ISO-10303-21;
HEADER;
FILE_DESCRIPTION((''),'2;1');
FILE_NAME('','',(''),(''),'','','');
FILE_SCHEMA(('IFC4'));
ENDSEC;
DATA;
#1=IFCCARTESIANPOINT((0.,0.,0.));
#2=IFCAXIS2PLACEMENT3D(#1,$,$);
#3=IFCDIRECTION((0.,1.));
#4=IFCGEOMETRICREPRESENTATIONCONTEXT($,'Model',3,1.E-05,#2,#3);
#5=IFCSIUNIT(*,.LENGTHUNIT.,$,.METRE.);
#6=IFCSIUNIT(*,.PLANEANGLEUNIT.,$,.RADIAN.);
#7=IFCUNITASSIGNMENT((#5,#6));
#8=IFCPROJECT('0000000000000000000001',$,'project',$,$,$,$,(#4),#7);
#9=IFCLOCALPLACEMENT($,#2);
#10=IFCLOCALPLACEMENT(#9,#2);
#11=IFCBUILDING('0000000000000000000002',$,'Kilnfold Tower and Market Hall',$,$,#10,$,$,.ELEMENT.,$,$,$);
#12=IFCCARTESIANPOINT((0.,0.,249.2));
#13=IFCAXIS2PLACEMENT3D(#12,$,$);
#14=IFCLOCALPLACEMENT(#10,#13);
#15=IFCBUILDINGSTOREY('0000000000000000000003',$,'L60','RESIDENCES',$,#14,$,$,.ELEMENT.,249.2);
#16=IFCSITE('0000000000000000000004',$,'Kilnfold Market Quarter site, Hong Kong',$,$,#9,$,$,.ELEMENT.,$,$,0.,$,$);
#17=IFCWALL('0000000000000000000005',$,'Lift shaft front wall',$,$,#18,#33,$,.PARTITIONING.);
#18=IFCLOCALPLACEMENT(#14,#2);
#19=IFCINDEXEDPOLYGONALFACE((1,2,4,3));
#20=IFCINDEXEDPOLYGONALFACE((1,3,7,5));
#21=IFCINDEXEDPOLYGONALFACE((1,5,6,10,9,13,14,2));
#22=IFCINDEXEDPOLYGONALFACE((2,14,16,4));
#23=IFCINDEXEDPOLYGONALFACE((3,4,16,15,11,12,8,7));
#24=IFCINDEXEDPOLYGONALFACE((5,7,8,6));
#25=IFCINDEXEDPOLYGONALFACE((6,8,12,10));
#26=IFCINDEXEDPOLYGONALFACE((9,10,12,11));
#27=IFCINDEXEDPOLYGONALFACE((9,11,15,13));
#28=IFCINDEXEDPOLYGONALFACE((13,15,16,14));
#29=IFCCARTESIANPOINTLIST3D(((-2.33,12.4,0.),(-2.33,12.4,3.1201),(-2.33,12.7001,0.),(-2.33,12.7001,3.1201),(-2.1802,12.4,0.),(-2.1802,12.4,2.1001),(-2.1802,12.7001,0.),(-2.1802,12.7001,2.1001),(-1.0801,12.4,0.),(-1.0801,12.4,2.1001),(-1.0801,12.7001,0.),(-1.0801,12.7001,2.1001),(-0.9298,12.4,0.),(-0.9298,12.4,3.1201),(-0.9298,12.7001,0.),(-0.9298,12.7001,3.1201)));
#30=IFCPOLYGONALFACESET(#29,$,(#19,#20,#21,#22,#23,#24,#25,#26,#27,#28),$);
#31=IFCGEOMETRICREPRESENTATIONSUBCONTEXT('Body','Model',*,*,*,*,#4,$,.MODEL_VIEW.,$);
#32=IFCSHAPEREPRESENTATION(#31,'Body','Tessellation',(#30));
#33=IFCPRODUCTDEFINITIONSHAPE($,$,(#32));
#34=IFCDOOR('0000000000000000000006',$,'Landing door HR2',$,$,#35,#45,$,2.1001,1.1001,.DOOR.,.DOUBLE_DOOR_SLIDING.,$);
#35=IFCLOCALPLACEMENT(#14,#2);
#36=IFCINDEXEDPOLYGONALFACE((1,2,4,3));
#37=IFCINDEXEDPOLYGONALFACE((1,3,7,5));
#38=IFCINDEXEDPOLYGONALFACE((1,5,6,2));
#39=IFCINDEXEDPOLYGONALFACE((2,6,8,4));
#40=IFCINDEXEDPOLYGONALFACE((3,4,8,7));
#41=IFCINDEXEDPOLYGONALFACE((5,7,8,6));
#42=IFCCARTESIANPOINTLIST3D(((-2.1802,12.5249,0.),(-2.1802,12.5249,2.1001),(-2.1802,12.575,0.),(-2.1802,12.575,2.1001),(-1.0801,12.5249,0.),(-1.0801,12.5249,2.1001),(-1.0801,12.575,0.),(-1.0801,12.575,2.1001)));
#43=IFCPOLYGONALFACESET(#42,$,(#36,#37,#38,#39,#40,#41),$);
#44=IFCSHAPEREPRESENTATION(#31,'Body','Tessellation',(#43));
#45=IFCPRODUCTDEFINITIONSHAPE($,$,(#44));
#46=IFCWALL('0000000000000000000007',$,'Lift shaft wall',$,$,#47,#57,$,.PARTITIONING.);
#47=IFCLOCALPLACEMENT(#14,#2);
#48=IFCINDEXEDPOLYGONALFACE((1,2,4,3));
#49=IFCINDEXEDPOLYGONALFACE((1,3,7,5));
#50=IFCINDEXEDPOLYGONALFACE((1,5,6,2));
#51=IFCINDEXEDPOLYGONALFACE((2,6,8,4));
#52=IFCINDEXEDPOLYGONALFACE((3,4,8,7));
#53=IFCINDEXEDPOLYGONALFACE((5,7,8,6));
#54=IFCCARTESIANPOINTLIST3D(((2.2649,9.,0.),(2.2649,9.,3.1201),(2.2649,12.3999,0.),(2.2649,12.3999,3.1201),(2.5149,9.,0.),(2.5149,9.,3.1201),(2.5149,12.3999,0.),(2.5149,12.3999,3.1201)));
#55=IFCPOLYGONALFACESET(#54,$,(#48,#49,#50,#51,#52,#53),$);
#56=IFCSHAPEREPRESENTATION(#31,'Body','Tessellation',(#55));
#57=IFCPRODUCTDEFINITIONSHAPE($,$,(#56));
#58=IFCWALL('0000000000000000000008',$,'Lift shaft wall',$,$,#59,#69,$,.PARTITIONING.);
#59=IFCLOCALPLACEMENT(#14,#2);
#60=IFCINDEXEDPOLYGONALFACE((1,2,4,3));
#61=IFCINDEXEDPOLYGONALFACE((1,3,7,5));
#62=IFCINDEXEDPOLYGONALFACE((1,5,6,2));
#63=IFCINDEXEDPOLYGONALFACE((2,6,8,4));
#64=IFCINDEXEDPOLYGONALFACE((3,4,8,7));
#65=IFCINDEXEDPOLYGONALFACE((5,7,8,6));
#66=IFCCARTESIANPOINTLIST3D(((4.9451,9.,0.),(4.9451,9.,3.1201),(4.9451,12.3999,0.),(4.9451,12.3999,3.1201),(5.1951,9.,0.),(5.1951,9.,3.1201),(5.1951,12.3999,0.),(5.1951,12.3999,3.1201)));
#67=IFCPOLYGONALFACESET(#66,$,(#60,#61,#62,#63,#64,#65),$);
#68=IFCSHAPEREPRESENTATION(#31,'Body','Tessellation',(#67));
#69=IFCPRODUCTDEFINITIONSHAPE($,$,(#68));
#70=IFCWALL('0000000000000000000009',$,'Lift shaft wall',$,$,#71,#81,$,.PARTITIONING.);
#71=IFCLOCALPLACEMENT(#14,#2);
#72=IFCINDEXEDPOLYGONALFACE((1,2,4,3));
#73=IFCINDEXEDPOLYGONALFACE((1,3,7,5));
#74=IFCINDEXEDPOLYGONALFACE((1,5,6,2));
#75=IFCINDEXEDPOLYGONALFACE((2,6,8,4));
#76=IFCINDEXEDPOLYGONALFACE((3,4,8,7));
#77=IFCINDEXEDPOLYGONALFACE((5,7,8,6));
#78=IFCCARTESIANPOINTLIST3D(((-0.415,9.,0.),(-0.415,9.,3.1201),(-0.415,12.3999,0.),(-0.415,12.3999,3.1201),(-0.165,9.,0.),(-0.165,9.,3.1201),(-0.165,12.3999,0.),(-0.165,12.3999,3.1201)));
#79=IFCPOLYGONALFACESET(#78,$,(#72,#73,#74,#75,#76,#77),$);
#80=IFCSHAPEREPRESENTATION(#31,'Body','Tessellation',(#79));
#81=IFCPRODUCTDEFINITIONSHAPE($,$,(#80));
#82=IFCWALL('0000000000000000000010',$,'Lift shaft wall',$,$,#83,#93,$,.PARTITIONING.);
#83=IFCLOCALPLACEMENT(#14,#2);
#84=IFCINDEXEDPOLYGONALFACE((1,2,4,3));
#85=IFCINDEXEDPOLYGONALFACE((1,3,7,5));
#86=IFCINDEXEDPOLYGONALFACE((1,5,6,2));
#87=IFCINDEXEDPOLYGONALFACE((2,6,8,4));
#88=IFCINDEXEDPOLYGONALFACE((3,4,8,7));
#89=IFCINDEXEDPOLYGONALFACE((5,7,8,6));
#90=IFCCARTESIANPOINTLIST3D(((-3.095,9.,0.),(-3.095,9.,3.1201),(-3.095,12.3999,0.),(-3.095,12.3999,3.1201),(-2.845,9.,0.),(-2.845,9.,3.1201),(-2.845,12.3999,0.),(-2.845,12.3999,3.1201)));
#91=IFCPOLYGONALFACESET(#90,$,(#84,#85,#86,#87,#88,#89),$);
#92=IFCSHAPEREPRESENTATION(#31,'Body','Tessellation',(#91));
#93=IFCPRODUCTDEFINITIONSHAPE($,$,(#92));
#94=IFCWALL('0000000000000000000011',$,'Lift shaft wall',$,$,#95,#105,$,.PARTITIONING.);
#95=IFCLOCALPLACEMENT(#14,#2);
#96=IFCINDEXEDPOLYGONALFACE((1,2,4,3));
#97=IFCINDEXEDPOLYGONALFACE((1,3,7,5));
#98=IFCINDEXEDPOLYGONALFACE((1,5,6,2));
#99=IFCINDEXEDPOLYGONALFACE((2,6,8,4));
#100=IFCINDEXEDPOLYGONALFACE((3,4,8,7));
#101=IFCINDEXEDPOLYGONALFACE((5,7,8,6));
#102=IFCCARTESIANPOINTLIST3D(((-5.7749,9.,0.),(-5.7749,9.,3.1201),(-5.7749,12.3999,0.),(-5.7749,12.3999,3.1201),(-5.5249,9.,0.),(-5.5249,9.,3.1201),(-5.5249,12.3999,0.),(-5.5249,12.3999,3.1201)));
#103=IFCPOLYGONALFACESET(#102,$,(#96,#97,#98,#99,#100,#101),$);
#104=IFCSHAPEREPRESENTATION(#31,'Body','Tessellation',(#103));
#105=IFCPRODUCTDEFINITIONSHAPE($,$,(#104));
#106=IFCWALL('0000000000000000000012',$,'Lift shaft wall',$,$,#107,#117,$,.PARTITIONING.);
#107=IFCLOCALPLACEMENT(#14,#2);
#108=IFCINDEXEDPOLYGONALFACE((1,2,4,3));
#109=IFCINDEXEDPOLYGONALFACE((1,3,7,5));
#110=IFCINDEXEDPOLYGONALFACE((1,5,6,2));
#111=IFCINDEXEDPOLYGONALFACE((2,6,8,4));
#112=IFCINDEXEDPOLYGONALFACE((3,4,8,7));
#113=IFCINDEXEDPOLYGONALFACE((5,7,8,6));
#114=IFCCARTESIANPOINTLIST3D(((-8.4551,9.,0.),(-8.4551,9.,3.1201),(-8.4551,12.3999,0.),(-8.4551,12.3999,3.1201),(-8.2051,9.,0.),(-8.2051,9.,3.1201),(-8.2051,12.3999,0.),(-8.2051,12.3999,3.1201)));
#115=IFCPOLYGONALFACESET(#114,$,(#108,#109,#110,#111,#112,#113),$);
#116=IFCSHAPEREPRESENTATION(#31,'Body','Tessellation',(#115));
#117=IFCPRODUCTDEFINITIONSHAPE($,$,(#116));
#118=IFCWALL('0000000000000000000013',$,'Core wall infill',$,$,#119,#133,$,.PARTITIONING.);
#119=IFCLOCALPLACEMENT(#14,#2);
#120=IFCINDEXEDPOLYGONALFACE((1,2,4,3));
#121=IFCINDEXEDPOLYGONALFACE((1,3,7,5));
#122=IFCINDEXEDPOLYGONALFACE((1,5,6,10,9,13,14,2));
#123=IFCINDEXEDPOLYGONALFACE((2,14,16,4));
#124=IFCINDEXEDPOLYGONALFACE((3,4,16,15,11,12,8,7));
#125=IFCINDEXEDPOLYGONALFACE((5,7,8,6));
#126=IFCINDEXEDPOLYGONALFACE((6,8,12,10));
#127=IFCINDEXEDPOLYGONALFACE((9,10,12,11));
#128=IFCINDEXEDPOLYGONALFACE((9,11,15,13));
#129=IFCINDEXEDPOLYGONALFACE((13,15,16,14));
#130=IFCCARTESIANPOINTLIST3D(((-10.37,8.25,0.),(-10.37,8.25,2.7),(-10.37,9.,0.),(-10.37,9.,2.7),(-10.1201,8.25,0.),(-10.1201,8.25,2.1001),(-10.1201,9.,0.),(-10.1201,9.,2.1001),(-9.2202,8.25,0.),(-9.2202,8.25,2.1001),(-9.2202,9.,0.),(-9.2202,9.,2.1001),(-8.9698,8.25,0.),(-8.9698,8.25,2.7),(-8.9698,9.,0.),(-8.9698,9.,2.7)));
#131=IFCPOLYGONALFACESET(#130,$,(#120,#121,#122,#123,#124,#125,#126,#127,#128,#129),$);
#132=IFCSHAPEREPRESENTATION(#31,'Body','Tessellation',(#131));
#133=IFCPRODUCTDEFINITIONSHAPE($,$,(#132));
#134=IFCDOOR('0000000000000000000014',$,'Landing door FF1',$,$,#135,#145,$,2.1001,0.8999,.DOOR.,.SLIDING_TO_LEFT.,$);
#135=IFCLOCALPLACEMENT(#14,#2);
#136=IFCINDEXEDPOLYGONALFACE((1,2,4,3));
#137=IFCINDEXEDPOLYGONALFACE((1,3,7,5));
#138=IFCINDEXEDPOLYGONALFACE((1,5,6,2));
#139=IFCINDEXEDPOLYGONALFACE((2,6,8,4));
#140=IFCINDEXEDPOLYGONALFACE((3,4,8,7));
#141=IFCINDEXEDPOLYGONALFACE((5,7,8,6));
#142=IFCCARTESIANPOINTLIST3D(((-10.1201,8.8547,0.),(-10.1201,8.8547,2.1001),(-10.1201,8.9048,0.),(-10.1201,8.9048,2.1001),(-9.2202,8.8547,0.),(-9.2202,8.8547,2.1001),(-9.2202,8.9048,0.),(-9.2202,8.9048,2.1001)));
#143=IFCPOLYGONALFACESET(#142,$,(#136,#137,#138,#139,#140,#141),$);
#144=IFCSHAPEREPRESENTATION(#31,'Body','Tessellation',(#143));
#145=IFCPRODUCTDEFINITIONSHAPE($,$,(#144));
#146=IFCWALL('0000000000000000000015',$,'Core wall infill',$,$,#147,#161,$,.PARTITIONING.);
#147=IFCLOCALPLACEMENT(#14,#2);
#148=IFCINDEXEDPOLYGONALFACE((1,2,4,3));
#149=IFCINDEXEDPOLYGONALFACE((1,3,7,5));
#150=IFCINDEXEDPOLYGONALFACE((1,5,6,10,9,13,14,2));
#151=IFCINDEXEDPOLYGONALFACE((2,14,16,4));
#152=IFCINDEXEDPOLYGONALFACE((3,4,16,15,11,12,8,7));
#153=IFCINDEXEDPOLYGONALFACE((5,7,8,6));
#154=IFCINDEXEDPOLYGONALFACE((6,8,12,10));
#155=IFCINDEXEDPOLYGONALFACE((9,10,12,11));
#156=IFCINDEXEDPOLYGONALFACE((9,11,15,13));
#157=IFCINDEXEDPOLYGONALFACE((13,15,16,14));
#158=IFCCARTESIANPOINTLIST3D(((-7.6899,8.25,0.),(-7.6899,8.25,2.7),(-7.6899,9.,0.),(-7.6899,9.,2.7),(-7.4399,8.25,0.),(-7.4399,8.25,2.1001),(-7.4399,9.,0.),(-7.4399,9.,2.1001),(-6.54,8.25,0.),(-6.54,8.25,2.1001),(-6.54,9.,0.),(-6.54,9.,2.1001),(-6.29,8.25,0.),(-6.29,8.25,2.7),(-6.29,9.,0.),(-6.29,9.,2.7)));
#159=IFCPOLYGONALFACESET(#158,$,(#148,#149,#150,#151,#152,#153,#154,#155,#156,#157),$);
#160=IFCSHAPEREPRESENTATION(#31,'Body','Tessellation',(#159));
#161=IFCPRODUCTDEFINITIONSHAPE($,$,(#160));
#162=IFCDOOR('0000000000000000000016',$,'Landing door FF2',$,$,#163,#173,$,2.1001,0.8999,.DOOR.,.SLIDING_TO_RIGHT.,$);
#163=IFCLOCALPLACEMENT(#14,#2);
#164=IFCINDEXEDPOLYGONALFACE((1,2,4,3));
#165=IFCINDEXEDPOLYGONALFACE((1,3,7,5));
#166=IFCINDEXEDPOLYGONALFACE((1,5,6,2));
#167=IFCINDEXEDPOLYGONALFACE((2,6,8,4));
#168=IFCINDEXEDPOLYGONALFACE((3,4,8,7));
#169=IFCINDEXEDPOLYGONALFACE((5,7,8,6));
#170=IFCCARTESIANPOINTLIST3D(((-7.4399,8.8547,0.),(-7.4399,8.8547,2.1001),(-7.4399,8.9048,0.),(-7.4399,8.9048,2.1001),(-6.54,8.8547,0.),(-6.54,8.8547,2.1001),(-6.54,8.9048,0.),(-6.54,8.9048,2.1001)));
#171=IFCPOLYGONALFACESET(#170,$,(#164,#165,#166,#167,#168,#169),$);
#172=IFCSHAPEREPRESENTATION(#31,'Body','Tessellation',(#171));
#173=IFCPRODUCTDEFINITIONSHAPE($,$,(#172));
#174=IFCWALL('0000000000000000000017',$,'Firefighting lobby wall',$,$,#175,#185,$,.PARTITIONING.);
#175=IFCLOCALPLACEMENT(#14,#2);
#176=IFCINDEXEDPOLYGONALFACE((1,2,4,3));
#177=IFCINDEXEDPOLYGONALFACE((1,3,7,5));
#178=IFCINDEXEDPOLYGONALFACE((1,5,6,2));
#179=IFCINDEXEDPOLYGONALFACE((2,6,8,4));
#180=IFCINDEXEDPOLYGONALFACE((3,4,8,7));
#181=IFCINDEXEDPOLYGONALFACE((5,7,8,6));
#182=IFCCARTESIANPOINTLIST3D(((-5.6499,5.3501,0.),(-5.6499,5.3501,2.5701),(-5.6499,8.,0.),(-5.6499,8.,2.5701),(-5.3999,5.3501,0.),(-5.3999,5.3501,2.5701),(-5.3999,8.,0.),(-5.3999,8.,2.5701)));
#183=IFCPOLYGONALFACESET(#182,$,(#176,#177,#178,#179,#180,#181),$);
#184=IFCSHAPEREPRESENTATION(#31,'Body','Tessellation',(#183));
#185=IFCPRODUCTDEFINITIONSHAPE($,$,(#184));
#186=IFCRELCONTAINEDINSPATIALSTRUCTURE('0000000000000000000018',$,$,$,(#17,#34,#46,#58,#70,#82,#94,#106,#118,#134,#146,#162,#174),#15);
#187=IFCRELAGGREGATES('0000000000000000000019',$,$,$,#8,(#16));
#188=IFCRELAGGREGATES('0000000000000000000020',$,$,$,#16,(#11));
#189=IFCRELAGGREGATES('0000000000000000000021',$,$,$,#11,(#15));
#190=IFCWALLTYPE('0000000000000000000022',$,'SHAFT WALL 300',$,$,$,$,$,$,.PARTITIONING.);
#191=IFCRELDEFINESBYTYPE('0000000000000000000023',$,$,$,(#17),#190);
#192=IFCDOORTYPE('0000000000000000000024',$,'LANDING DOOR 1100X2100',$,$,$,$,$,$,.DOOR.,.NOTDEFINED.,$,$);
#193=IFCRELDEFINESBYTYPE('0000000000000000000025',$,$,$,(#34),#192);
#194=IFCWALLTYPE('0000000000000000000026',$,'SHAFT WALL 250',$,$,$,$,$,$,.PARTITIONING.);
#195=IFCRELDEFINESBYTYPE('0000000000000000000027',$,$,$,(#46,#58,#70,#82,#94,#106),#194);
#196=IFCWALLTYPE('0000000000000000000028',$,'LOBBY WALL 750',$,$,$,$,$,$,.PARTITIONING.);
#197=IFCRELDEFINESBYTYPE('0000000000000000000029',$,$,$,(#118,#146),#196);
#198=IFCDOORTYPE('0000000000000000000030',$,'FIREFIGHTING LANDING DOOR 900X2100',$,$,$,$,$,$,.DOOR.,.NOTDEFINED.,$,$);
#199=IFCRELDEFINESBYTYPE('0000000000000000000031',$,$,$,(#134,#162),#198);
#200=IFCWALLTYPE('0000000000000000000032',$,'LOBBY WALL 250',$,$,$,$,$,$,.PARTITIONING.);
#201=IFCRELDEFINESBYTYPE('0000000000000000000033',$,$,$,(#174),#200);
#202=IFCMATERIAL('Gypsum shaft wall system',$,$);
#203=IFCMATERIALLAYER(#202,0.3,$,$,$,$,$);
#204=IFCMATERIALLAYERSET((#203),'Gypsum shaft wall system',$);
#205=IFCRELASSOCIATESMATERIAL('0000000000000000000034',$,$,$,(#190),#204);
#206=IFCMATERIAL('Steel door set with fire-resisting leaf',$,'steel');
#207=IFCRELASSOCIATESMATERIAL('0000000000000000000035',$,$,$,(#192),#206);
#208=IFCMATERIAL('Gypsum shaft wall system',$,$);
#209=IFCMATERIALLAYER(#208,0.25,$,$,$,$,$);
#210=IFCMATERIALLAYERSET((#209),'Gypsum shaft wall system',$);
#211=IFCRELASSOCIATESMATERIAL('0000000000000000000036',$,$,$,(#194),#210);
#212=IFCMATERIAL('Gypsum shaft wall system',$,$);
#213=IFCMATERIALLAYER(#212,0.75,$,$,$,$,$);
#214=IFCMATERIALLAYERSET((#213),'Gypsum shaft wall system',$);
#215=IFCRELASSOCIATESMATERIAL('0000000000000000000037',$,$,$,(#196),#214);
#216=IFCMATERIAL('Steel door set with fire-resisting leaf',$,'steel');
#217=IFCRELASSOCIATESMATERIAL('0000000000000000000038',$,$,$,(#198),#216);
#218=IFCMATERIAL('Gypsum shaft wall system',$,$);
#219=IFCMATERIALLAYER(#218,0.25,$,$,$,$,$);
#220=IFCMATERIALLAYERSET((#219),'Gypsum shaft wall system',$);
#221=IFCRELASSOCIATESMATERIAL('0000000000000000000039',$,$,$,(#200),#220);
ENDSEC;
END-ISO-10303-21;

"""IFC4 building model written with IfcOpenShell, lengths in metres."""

from ifc_helpers import new_model, si_unit, direction, frame, frame_2d, origin, place, context, subcontext, project, spatial, rectangle, extrude, source, transform, mapped, material, layer, layer_set, type_object, element, fill, save


model = new_model("IFC4")

# Units and contexts
model_context = context("Model", 3, precision=1e-05, world=origin(), true_north=direction((0.0, 1.0)))
body_context = subcontext(model_context, "Body", "Model", "MODEL_VIEW")
ifc_project = project(units=[si_unit("LENGTHUNIT", "METRE"), si_unit("PLANEANGLEUNIT", "RADIAN")], contexts=[model_context])

# Site, building, storey
site_placement = place(None, origin())
site = spatial("IfcSite", under=ifc_project, at=site_placement, Name="Kilnfold Market Quarter site, Hong Kong", CompositionType="ELEMENT", RefElevation=0.0)
building_placement = place(site_placement, origin())
building = spatial("IfcBuilding", under=site, at=building_placement, Name="Kilnfold Tower and Market Hall", CompositionType="ELEMENT")
storey_placement = place(building_placement, frame((0.0, 0.0, 249.2)))
storey = spatial("IfcBuildingStorey", under=building, at=storey_placement, Name="L60", Description="RESIDENCES", CompositionType="ELEMENT", Elevation=249.2)

# Wall, opening, door
ifc_material_1 = material(Name="Gypsum shaft wall system")
ifc_layer_1 = layer(ifc_material_1, 0.3)
ifc_layer_set_1 = layer_set([ifc_layer_1], Name="Gypsum shaft wall system")
wall_type_1 = type_object("IfcWallType", Name="SHAFT WALL 300", PredefinedType="PARTITIONING", material=ifc_layer_set_1)
ifc_material_2 = material(Name="Steel door set with fire-resisting leaf", Category="steel")
door_type_1 = type_object("IfcDoorType", Name="LANDING DOOR 1100X2100", OperationType="NOTDEFINED", PredefinedType="DOOR", material=ifc_material_2)
shared_shape_1 = source(origin(), body_context, "Body", "SweptSolid", [
    extrude(rectangle(XDim=1.4001, YDim=0.3, at=frame_2d((0.7002, 0.0))), origin(), (0.0, 0.0, 1.0), 3.1201),
])
wall_1_placement = place(storey_placement, frame((-2.3301, 12.55, 0.0), z_axis=(0.0, 0.0, 1.0), x_axis=(1.0, 0.0, 0.0)))
wall_1 = element("IfcWall", 1, at=wall_1_placement, inside=storey, type_object=wall_type_1, Name="Lift shaft front wall", PredefinedType="PARTITIONING", context=body_context, shape_type="MappedRepresentation", body=[
    mapped(shared_shape_1, transform((0.0, 0.0, 0.0))),
])
opening_1_placement = place(wall_1_placement, frame((0.1499, 0.0, 0.0)))
opening_1 = element("IfcOpeningElement", 2, at=opening_1_placement, cuts=wall_1, PredefinedType="OPENING", context=body_context, shape_type="SweptSolid", body=[
    extrude(rectangle(XDim=1.1001, YDim=2.1001, at=frame_2d((0.55, 1.05))), frame((0.0, 0.1602, 0.0), z_axis=(0.0, -1.0, 0.0), x_axis=(1.0, 0.0, 0.0)), (0.0, 0.0, 1.0), 0.3201),
])
door_1_placement = place(opening_1_placement, origin())
door_1 = element("IfcDoor", 3, at=door_1_placement, inside=storey, type_object=door_type_1, Name="Landing door HR2", OperationType="DOUBLE_DOOR_SLIDING", OverallHeight=2.1001, OverallWidth=1.1001, PredefinedType="DOOR", context=body_context, shape_type="SweptSolid", body=[
    extrude(rectangle(XDim=1.1001, YDim=2.1001, at=frame_2d((0.55, 1.05))), frame((0.0, 0.0249, 0.0), z_axis=(0.0, -1.0, 0.0), x_axis=(1.0, 0.0, 0.0)), (0.0, 0.0, 1.0), 0.05),
])
fill(opening_1, door_1)

# Walls
ifc_material_3 = material(Name="Gypsum shaft wall system")
ifc_layer_2 = layer(ifc_material_3, 0.25)
ifc_layer_set_2 = layer_set([ifc_layer_2], Name="Gypsum shaft wall system")
wall_type_2 = type_object("IfcWallType", Name="SHAFT WALL 250", PredefinedType="PARTITIONING", material=ifc_layer_set_2)
shared_shape_2 = source(origin(), body_context, "Body", "SweptSolid", [
    extrude(rectangle(XDim=3.3999, YDim=0.25, at=frame_2d((1.7, 0.0))), origin(), (0.0, 0.0, 1.0), 3.1201),
])
for number, where, z_axis, x_axis, name in (
    (4, (2.3899, 9.0, 0.0), (0.0, 0.0, 1.0), (0.0, 1.0, 0.0), "Lift shaft wall"),
    (5, (5.0701, 9.0, 0.0), (0.0, 0.0, 1.0), (0.0, 1.0, 0.0), "Lift shaft wall"),
    (6, (-0.29, 9.0, 0.0), (0.0, 0.0, 1.0), (0.0, 1.0, 0.0), "Lift shaft wall"),
    (7, (-2.97, 9.0, 0.0), (0.0, 0.0, 1.0), (0.0, 1.0, 0.0), "Lift shaft wall"),
    (8, (-5.6499, 9.0, 0.0), (0.0, 0.0, 1.0), (0.0, 1.0, 0.0), "Lift shaft wall"),
    (9, (-8.3301, 9.0, 0.0), (0.0, 0.0, 1.0), (0.0, 1.0, 0.0), "Lift shaft wall"),
):
    element("IfcWall", number, at=place(storey_placement, frame(where, z_axis=z_axis, x_axis=x_axis)), inside=storey, type_object=wall_type_2, Name=name, PredefinedType="PARTITIONING", context=body_context, shape_type="MappedRepresentation", body=[
        mapped(shared_shape_2, transform((0.0, 0.0, 0.0))),
    ])

# Walls, openings, doors
ifc_material_4 = material(Name="Gypsum shaft wall system")
ifc_layer_3 = layer(ifc_material_4, 0.75)
ifc_layer_set_3 = layer_set([ifc_layer_3], Name="Gypsum shaft wall system")
wall_type_3 = type_object("IfcWallType", Name="LOBBY WALL 750", PredefinedType="PARTITIONING", material=ifc_layer_set_3)
shared_shape_3 = source(origin(), body_context, "Body", "SweptSolid", [
    extrude(rectangle(XDim=1.4001, YDim=0.75, at=frame_2d((0.7002, 0.0))), origin(), (0.0, 0.0, 1.0), 2.7),
])
wall_2_placement = place(storey_placement, frame((-10.3701, 8.625, 0.0), z_axis=(0.0, 0.0, 1.0), x_axis=(1.0, 0.0, 0.0)))
wall_2 = element("IfcWall", 10, at=wall_2_placement, inside=storey, type_object=wall_type_3, Name="Core wall infill", PredefinedType="PARTITIONING", context=body_context, shape_type="MappedRepresentation", body=[
    mapped(shared_shape_3, transform((0.0, 0.0, 0.0))),
])
opening_2_placement = place(wall_2_placement, frame((0.25, 0.0, 0.0)))
opening_2 = element("IfcOpeningElement", 11, at=opening_2_placement, cuts=wall_2, PredefinedType="OPENING", context=body_context, shape_type="SweptSolid", body=[
    extrude(rectangle(XDim=0.8999, YDim=2.1001, at=frame_2d((0.45, 1.05))), frame((0.0, 0.385, 0.0), z_axis=(0.0, -1.0, 0.0), x_axis=(1.0, 0.0, 0.0)), (0.0, 0.0, 1.0), 0.77),
])
ifc_material_5 = material(Name="Steel door set with fire-resisting leaf", Category="steel")
door_type_2 = type_object("IfcDoorType", Name="FIREFIGHTING LANDING DOOR 900X2100", OperationType="NOTDEFINED", PredefinedType="DOOR", material=ifc_material_5)
door_2_placement = place(opening_2_placement, origin())
door_2 = element("IfcDoor", 12, at=door_2_placement, inside=storey, type_object=door_type_2, Name="Landing door FF1", OperationType="SLIDING_TO_LEFT", OverallHeight=2.1001, OverallWidth=0.8999, PredefinedType="DOOR", context=body_context, shape_type="SweptSolid", body=[
    extrude(rectangle(XDim=0.8999, YDim=2.1001, at=frame_2d((0.45, 1.05))), frame((0.0, 0.2798, 0.0), z_axis=(0.0, -1.0, 0.0), x_axis=(1.0, 0.0, 0.0)), (0.0, 0.0, 1.0), 0.05),
])
fill(opening_2, door_2)
shared_shape_4 = source(origin(), body_context, "Body", "SweptSolid", [
    extrude(rectangle(XDim=1.3999, YDim=0.75, at=frame_2d((0.7, 0.0))), origin(), (0.0, 0.0, 1.0), 2.7),
])
wall_3_placement = place(storey_placement, frame((-7.6899, 8.625, 0.0), z_axis=(0.0, 0.0, 1.0), x_axis=(1.0, 0.0, 0.0)))
wall_3 = element("IfcWall", 13, at=wall_3_placement, inside=storey, type_object=wall_type_3, Name="Core wall infill", PredefinedType="PARTITIONING", context=body_context, shape_type="MappedRepresentation", body=[
    mapped(shared_shape_4, transform((0.0, 0.0, 0.0))),
])
opening_3_placement = place(wall_3_placement, frame((0.25, 0.0, 0.0)))
opening_3 = element("IfcOpeningElement", 14, at=opening_3_placement, cuts=wall_3, PredefinedType="OPENING", context=body_context, shape_type="SweptSolid", body=[
    extrude(rectangle(XDim=0.8999, YDim=2.1001, at=frame_2d((0.45, 1.05))), frame((0.0, 0.385, 0.0), z_axis=(0.0, -1.0, 0.0), x_axis=(1.0, 0.0, 0.0)), (0.0, 0.0, 1.0), 0.77),
])
door_3_placement = place(opening_3_placement, origin())
door_3 = element("IfcDoor", 15, at=door_3_placement, inside=storey, type_object=door_type_2, Name="Landing door FF2", OperationType="SLIDING_TO_RIGHT", OverallHeight=2.1001, OverallWidth=0.8999, PredefinedType="DOOR", context=body_context, shape_type="SweptSolid", body=[
    extrude(rectangle(XDim=0.8999, YDim=2.1001, at=frame_2d((0.45, 1.05))), frame((0.0, 0.2798, 0.0), z_axis=(0.0, -1.0, 0.0), x_axis=(1.0, 0.0, 0.0)), (0.0, 0.0, 1.0), 0.05),
])
fill(opening_3, door_3)

# Wall
ifc_material_6 = material(Name="Gypsum shaft wall system")
ifc_layer_4 = layer(ifc_material_6, 0.25)
ifc_layer_set_4 = layer_set([ifc_layer_4], Name="Gypsum shaft wall system")
wall_type_4 = type_object("IfcWallType", Name="LOBBY WALL 250", PredefinedType="PARTITIONING", material=ifc_layer_set_4)
shared_shape_5 = source(origin(), body_context, "Body", "SweptSolid", [
    extrude(rectangle(XDim=2.6499, YDim=0.25, at=frame_2d((1.325, 0.0))), origin(), (0.0, 0.0, 1.0), 2.5701),
])
wall_4_placement = place(storey_placement, frame((-5.5249, 5.3501, 0.0), z_axis=(0.0, 0.0, 1.0), x_axis=(0.0, 1.0, 0.0)))
element("IfcWall", 16, at=wall_4_placement, inside=storey, type_object=wall_type_4, Name="Firefighting lobby wall", PredefinedType="PARTITIONING", context=body_context, shape_type="MappedRepresentation", body=[
    mapped(shared_shape_5, transform((0.0, 0.0, 0.0))),
])

save(model, "model.ifc")
